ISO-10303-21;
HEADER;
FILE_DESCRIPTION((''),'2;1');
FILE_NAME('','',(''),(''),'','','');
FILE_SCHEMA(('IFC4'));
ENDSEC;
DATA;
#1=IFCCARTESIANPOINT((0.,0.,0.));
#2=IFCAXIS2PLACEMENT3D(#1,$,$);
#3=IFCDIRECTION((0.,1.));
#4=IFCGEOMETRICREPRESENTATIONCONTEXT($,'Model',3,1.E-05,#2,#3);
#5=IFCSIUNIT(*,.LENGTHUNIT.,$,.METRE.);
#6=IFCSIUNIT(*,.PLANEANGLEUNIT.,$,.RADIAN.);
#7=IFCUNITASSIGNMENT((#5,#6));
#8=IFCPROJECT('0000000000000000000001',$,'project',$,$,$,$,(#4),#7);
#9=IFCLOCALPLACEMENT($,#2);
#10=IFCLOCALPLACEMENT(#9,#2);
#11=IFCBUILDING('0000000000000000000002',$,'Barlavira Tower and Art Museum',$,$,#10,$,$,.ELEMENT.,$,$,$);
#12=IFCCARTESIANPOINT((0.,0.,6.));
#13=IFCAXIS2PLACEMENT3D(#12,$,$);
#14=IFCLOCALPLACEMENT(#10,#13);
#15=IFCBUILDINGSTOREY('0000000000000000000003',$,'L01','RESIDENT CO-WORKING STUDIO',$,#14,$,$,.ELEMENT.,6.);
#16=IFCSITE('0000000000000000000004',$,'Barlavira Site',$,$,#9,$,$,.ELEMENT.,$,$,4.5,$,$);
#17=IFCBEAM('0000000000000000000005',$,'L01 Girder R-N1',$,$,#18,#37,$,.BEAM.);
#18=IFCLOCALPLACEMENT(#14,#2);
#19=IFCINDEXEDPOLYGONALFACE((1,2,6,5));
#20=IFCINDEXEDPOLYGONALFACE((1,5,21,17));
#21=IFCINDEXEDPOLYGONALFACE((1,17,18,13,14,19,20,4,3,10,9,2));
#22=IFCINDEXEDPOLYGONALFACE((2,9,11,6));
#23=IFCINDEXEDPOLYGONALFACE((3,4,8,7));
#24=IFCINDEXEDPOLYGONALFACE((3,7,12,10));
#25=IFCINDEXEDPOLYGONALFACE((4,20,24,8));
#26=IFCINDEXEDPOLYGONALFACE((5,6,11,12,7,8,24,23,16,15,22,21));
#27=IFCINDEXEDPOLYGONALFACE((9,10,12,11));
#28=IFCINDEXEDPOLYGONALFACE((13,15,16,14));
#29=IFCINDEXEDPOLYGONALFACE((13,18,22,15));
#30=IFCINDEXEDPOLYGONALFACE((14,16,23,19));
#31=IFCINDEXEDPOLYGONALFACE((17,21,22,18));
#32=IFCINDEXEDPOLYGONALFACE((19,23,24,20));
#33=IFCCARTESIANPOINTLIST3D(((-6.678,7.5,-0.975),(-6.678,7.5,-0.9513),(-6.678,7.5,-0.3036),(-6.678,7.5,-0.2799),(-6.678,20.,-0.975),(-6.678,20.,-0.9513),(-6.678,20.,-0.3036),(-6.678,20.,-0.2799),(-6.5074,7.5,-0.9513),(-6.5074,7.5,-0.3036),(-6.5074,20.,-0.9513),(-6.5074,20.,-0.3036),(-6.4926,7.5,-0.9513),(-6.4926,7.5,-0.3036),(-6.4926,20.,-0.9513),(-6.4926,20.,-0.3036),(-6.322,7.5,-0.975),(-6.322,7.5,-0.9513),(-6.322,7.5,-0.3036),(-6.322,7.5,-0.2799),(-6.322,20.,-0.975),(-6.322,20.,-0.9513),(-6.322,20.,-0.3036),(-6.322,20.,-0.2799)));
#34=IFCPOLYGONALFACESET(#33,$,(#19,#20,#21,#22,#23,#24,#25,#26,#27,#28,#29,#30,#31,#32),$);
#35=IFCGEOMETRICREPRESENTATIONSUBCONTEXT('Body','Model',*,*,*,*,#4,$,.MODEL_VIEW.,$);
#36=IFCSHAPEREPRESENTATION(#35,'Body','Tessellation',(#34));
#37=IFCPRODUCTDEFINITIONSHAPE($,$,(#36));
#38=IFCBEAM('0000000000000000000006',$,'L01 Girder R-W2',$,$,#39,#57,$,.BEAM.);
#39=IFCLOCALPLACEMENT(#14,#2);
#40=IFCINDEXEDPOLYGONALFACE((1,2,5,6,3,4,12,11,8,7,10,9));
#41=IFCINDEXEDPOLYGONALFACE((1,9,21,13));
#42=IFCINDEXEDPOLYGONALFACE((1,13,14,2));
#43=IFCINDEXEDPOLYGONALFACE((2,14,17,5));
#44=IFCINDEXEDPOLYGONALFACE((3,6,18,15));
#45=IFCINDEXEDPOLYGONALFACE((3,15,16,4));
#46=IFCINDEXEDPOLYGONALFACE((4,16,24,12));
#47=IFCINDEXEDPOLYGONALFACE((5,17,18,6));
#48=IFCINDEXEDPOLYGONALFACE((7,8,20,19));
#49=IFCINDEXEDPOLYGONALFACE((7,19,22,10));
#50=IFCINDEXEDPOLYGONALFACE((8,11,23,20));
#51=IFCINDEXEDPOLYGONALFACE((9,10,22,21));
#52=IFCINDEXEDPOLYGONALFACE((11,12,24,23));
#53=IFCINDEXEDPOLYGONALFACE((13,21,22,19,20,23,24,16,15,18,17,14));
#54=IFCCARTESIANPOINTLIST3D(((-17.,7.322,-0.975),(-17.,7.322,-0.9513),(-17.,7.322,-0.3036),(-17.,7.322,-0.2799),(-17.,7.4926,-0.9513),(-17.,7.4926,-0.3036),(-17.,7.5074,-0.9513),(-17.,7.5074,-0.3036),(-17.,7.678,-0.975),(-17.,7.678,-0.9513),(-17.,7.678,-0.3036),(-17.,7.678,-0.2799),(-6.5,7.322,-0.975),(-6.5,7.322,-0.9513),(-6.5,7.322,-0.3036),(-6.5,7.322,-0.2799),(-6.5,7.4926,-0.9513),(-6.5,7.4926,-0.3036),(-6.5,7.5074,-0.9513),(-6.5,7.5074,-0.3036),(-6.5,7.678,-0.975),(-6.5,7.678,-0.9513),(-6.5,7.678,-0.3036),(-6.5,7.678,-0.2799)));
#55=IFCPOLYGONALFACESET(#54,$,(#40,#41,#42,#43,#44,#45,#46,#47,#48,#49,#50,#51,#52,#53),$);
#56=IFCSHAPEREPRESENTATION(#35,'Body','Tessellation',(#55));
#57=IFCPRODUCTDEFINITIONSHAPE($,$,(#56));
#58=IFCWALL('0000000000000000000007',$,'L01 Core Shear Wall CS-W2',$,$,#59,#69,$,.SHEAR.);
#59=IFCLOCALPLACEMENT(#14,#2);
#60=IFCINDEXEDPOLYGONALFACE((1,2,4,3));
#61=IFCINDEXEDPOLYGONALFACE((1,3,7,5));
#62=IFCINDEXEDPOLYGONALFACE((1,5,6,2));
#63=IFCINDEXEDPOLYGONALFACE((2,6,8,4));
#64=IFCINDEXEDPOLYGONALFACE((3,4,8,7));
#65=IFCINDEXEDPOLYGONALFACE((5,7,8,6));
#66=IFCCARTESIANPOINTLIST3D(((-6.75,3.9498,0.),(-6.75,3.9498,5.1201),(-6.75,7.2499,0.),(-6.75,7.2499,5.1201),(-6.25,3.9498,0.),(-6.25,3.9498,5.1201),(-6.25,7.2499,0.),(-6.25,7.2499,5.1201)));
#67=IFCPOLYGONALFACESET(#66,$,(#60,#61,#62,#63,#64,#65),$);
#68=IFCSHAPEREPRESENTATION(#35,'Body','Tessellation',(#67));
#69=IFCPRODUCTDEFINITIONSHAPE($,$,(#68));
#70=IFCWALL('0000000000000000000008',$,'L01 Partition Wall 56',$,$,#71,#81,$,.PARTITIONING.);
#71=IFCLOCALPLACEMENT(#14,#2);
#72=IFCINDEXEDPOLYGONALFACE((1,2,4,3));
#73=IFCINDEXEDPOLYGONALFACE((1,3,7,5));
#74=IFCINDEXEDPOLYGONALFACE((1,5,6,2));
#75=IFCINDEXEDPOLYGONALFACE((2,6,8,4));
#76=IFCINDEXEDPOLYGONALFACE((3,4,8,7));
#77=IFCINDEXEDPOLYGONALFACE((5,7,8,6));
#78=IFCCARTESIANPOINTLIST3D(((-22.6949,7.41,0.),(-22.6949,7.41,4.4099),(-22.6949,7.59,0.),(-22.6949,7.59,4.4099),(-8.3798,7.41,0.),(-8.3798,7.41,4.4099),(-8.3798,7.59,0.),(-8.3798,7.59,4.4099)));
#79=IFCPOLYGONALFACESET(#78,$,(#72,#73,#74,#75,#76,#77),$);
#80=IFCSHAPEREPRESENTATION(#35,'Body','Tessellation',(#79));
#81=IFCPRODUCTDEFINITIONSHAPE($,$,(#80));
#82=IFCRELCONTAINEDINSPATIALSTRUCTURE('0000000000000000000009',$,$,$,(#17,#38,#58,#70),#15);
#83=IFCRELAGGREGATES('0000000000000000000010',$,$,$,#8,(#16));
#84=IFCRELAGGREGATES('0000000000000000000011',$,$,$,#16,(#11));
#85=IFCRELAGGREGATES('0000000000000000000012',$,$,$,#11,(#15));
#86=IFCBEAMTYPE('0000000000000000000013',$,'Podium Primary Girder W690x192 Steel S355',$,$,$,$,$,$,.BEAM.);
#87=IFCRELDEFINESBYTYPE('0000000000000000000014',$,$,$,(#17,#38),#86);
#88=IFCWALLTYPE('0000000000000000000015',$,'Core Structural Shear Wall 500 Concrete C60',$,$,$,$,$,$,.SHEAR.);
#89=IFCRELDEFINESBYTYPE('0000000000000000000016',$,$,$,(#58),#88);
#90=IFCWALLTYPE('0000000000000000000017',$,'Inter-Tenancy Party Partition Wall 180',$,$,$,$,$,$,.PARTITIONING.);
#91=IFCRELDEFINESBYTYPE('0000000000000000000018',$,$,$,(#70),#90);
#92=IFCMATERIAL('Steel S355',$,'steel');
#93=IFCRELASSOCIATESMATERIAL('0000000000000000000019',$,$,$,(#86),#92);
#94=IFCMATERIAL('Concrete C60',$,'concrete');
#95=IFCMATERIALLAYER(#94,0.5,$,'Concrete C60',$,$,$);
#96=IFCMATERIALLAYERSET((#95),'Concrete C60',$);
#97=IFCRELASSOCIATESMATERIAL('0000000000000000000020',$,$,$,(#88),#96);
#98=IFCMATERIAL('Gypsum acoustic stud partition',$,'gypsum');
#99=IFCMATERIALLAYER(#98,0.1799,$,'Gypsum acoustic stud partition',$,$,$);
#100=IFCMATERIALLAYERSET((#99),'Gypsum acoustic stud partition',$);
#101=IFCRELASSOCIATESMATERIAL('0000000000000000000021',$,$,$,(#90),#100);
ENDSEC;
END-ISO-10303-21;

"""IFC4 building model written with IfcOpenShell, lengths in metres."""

from ifc_helpers import new_model, si_unit, direction, frame, frame_2d, origin, origin_2d, place, context, subcontext, project, spatial, rectangle, i_section, extrude, material, layer, layer_set, material_profile, profile_set, type_object, element, save


model = new_model("IFC4")

# Units and contexts
model_context = context("Model", 3, precision=1e-05, world=origin(), true_north=direction((0.0, 1.0)))
body_context = subcontext(model_context, "Body", "Model", "MODEL_VIEW")
ifc_project = project(units=[si_unit("LENGTHUNIT", "METRE"), si_unit("PLANEANGLEUNIT", "RADIAN")], contexts=[model_context])

# Site, building, storey
site_placement = place(None, origin())
site = spatial("IfcSite", under=ifc_project, at=site_placement, Name="Barlavira Site", CompositionType="ELEMENT", RefElevation=4.5)
building_placement = place(site_placement, origin())
building = spatial("IfcBuilding", under=site, at=building_placement, Name="Barlavira Tower and Art Museum", CompositionType="ELEMENT")
storey_placement = place(building_placement, frame((0.0, 0.0, 6.0)))
storey = spatial("IfcBuildingStorey", under=building, at=storey_placement, Name="L01", Description="RESIDENT CO-WORKING STUDIO", CompositionType="ELEMENT", Elevation=6.0)

# Shared definitions
ifc_material_1 = material(Name="Steel S355", Category="steel")
ifc_material_2 = material(Name="Concrete C60", Category="concrete")

# Beams
ifc_material_profile_1 = material_profile(ifc_material_1, i_section(OverallWidth=0.356, OverallDepth=0.6951, WebThickness=0.0149, FlangeThickness=0.0237, at=origin_2d()), Name="W690x192.0")
ifc_profile_set_1 = profile_set([ifc_material_profile_1], Name="Steel S355")
beam_type_1 = type_object("IfcBeamType", Name="Podium Primary Girder W690x192 Steel S355", PredefinedType="BEAM", material=ifc_profile_set_1)
beam_1_placement = place(storey_placement, frame((-6.5, 7.5, -0.6274), z_axis=(0.0, 1.0, 0.0), x_axis=(-1.0, 0.0, 0.0)))
element("IfcBeam", 1, at=beam_1_placement, inside=storey, type_object=beam_type_1, Name="L01 Girder R-N1", PredefinedType="BEAM", context=body_context, shape_type="SweptSolid", body=[
    extrude(i_section(OverallWidth=0.356, OverallDepth=0.6951, WebThickness=0.0149, FlangeThickness=0.0237, at=origin_2d()), origin(), (0.0, 0.0, 1.0), 12.5),
])
beam_2_placement = place(storey_placement, frame((-17.0, 7.5, -0.6274), z_axis=(1.0, 0.0, 0.0), x_axis=(0.0, 1.0, 0.0)))
element("IfcBeam", 2, at=beam_2_placement, inside=storey, type_object=beam_type_1, Name="L01 Girder R-W2", PredefinedType="BEAM", context=body_context, shape_type="SweptSolid", body=[
    extrude(i_section(OverallWidth=0.356, OverallDepth=0.6951, WebThickness=0.0149, FlangeThickness=0.0237, at=origin_2d()), origin(), (0.0, 0.0, 1.0), 10.5),
])

# Shared definitions
ifc_layer_1 = layer(ifc_material_2, 0.5, Name="Concrete C60")
ifc_layer_set_1 = layer_set([ifc_layer_1], Name="Concrete C60")
wall_type_1 = type_object("IfcWallType", Name="Core Structural Shear Wall 500 Concrete C60", PredefinedType="SHEAR", material=ifc_layer_set_1)

# Walls
wall_1_placement = place(storey_placement, frame((-6.5, 3.95, 0.0), z_axis=(0.0, 0.0, 1.0), x_axis=(0.0, 1.0, 0.0)))
element("IfcWall", 3, at=wall_1_placement, inside=storey, type_object=wall_type_1, Name="L01 Core Shear Wall CS-W2", PredefinedType="SHEAR", context=body_context, shape_type="SweptSolid", body=[
    extrude(rectangle(XDim=3.3, YDim=0.5, at=frame_2d((1.6499, 0.0))), origin(), (0.0, 0.0, 1.0), 5.1201),
])
ifc_material_3 = material(Name="Gypsum acoustic stud partition", Category="gypsum")
ifc_layer_2 = layer(ifc_material_3, 0.1799, Name="Gypsum acoustic stud partition")
ifc_layer_set_2 = layer_set([ifc_layer_2], Name="Gypsum acoustic stud partition")
wall_type_2 = type_object("IfcWallType", Name="Inter-Tenancy Party Partition Wall 180", PredefinedType="PARTITIONING", material=ifc_layer_set_2)
wall_2_placement = place(storey_placement, frame((-22.6951, 7.5, 0.0), z_axis=(0.0, 0.0, 1.0), x_axis=(1.0, 0.0, 0.0)))
element("IfcWall", 4, at=wall_2_placement, inside=storey, type_object=wall_type_2, Name="L01 Partition Wall 56", PredefinedType="PARTITIONING", context=body_context, shape_type="SweptSolid", body=[
    extrude(rectangle(XDim=14.3152, YDim=0.1799, at=frame_2d((7.1577, 0.0))), origin(), (0.0, 0.0, 1.0), 4.4099),
])

save(model, "model.ifc")
